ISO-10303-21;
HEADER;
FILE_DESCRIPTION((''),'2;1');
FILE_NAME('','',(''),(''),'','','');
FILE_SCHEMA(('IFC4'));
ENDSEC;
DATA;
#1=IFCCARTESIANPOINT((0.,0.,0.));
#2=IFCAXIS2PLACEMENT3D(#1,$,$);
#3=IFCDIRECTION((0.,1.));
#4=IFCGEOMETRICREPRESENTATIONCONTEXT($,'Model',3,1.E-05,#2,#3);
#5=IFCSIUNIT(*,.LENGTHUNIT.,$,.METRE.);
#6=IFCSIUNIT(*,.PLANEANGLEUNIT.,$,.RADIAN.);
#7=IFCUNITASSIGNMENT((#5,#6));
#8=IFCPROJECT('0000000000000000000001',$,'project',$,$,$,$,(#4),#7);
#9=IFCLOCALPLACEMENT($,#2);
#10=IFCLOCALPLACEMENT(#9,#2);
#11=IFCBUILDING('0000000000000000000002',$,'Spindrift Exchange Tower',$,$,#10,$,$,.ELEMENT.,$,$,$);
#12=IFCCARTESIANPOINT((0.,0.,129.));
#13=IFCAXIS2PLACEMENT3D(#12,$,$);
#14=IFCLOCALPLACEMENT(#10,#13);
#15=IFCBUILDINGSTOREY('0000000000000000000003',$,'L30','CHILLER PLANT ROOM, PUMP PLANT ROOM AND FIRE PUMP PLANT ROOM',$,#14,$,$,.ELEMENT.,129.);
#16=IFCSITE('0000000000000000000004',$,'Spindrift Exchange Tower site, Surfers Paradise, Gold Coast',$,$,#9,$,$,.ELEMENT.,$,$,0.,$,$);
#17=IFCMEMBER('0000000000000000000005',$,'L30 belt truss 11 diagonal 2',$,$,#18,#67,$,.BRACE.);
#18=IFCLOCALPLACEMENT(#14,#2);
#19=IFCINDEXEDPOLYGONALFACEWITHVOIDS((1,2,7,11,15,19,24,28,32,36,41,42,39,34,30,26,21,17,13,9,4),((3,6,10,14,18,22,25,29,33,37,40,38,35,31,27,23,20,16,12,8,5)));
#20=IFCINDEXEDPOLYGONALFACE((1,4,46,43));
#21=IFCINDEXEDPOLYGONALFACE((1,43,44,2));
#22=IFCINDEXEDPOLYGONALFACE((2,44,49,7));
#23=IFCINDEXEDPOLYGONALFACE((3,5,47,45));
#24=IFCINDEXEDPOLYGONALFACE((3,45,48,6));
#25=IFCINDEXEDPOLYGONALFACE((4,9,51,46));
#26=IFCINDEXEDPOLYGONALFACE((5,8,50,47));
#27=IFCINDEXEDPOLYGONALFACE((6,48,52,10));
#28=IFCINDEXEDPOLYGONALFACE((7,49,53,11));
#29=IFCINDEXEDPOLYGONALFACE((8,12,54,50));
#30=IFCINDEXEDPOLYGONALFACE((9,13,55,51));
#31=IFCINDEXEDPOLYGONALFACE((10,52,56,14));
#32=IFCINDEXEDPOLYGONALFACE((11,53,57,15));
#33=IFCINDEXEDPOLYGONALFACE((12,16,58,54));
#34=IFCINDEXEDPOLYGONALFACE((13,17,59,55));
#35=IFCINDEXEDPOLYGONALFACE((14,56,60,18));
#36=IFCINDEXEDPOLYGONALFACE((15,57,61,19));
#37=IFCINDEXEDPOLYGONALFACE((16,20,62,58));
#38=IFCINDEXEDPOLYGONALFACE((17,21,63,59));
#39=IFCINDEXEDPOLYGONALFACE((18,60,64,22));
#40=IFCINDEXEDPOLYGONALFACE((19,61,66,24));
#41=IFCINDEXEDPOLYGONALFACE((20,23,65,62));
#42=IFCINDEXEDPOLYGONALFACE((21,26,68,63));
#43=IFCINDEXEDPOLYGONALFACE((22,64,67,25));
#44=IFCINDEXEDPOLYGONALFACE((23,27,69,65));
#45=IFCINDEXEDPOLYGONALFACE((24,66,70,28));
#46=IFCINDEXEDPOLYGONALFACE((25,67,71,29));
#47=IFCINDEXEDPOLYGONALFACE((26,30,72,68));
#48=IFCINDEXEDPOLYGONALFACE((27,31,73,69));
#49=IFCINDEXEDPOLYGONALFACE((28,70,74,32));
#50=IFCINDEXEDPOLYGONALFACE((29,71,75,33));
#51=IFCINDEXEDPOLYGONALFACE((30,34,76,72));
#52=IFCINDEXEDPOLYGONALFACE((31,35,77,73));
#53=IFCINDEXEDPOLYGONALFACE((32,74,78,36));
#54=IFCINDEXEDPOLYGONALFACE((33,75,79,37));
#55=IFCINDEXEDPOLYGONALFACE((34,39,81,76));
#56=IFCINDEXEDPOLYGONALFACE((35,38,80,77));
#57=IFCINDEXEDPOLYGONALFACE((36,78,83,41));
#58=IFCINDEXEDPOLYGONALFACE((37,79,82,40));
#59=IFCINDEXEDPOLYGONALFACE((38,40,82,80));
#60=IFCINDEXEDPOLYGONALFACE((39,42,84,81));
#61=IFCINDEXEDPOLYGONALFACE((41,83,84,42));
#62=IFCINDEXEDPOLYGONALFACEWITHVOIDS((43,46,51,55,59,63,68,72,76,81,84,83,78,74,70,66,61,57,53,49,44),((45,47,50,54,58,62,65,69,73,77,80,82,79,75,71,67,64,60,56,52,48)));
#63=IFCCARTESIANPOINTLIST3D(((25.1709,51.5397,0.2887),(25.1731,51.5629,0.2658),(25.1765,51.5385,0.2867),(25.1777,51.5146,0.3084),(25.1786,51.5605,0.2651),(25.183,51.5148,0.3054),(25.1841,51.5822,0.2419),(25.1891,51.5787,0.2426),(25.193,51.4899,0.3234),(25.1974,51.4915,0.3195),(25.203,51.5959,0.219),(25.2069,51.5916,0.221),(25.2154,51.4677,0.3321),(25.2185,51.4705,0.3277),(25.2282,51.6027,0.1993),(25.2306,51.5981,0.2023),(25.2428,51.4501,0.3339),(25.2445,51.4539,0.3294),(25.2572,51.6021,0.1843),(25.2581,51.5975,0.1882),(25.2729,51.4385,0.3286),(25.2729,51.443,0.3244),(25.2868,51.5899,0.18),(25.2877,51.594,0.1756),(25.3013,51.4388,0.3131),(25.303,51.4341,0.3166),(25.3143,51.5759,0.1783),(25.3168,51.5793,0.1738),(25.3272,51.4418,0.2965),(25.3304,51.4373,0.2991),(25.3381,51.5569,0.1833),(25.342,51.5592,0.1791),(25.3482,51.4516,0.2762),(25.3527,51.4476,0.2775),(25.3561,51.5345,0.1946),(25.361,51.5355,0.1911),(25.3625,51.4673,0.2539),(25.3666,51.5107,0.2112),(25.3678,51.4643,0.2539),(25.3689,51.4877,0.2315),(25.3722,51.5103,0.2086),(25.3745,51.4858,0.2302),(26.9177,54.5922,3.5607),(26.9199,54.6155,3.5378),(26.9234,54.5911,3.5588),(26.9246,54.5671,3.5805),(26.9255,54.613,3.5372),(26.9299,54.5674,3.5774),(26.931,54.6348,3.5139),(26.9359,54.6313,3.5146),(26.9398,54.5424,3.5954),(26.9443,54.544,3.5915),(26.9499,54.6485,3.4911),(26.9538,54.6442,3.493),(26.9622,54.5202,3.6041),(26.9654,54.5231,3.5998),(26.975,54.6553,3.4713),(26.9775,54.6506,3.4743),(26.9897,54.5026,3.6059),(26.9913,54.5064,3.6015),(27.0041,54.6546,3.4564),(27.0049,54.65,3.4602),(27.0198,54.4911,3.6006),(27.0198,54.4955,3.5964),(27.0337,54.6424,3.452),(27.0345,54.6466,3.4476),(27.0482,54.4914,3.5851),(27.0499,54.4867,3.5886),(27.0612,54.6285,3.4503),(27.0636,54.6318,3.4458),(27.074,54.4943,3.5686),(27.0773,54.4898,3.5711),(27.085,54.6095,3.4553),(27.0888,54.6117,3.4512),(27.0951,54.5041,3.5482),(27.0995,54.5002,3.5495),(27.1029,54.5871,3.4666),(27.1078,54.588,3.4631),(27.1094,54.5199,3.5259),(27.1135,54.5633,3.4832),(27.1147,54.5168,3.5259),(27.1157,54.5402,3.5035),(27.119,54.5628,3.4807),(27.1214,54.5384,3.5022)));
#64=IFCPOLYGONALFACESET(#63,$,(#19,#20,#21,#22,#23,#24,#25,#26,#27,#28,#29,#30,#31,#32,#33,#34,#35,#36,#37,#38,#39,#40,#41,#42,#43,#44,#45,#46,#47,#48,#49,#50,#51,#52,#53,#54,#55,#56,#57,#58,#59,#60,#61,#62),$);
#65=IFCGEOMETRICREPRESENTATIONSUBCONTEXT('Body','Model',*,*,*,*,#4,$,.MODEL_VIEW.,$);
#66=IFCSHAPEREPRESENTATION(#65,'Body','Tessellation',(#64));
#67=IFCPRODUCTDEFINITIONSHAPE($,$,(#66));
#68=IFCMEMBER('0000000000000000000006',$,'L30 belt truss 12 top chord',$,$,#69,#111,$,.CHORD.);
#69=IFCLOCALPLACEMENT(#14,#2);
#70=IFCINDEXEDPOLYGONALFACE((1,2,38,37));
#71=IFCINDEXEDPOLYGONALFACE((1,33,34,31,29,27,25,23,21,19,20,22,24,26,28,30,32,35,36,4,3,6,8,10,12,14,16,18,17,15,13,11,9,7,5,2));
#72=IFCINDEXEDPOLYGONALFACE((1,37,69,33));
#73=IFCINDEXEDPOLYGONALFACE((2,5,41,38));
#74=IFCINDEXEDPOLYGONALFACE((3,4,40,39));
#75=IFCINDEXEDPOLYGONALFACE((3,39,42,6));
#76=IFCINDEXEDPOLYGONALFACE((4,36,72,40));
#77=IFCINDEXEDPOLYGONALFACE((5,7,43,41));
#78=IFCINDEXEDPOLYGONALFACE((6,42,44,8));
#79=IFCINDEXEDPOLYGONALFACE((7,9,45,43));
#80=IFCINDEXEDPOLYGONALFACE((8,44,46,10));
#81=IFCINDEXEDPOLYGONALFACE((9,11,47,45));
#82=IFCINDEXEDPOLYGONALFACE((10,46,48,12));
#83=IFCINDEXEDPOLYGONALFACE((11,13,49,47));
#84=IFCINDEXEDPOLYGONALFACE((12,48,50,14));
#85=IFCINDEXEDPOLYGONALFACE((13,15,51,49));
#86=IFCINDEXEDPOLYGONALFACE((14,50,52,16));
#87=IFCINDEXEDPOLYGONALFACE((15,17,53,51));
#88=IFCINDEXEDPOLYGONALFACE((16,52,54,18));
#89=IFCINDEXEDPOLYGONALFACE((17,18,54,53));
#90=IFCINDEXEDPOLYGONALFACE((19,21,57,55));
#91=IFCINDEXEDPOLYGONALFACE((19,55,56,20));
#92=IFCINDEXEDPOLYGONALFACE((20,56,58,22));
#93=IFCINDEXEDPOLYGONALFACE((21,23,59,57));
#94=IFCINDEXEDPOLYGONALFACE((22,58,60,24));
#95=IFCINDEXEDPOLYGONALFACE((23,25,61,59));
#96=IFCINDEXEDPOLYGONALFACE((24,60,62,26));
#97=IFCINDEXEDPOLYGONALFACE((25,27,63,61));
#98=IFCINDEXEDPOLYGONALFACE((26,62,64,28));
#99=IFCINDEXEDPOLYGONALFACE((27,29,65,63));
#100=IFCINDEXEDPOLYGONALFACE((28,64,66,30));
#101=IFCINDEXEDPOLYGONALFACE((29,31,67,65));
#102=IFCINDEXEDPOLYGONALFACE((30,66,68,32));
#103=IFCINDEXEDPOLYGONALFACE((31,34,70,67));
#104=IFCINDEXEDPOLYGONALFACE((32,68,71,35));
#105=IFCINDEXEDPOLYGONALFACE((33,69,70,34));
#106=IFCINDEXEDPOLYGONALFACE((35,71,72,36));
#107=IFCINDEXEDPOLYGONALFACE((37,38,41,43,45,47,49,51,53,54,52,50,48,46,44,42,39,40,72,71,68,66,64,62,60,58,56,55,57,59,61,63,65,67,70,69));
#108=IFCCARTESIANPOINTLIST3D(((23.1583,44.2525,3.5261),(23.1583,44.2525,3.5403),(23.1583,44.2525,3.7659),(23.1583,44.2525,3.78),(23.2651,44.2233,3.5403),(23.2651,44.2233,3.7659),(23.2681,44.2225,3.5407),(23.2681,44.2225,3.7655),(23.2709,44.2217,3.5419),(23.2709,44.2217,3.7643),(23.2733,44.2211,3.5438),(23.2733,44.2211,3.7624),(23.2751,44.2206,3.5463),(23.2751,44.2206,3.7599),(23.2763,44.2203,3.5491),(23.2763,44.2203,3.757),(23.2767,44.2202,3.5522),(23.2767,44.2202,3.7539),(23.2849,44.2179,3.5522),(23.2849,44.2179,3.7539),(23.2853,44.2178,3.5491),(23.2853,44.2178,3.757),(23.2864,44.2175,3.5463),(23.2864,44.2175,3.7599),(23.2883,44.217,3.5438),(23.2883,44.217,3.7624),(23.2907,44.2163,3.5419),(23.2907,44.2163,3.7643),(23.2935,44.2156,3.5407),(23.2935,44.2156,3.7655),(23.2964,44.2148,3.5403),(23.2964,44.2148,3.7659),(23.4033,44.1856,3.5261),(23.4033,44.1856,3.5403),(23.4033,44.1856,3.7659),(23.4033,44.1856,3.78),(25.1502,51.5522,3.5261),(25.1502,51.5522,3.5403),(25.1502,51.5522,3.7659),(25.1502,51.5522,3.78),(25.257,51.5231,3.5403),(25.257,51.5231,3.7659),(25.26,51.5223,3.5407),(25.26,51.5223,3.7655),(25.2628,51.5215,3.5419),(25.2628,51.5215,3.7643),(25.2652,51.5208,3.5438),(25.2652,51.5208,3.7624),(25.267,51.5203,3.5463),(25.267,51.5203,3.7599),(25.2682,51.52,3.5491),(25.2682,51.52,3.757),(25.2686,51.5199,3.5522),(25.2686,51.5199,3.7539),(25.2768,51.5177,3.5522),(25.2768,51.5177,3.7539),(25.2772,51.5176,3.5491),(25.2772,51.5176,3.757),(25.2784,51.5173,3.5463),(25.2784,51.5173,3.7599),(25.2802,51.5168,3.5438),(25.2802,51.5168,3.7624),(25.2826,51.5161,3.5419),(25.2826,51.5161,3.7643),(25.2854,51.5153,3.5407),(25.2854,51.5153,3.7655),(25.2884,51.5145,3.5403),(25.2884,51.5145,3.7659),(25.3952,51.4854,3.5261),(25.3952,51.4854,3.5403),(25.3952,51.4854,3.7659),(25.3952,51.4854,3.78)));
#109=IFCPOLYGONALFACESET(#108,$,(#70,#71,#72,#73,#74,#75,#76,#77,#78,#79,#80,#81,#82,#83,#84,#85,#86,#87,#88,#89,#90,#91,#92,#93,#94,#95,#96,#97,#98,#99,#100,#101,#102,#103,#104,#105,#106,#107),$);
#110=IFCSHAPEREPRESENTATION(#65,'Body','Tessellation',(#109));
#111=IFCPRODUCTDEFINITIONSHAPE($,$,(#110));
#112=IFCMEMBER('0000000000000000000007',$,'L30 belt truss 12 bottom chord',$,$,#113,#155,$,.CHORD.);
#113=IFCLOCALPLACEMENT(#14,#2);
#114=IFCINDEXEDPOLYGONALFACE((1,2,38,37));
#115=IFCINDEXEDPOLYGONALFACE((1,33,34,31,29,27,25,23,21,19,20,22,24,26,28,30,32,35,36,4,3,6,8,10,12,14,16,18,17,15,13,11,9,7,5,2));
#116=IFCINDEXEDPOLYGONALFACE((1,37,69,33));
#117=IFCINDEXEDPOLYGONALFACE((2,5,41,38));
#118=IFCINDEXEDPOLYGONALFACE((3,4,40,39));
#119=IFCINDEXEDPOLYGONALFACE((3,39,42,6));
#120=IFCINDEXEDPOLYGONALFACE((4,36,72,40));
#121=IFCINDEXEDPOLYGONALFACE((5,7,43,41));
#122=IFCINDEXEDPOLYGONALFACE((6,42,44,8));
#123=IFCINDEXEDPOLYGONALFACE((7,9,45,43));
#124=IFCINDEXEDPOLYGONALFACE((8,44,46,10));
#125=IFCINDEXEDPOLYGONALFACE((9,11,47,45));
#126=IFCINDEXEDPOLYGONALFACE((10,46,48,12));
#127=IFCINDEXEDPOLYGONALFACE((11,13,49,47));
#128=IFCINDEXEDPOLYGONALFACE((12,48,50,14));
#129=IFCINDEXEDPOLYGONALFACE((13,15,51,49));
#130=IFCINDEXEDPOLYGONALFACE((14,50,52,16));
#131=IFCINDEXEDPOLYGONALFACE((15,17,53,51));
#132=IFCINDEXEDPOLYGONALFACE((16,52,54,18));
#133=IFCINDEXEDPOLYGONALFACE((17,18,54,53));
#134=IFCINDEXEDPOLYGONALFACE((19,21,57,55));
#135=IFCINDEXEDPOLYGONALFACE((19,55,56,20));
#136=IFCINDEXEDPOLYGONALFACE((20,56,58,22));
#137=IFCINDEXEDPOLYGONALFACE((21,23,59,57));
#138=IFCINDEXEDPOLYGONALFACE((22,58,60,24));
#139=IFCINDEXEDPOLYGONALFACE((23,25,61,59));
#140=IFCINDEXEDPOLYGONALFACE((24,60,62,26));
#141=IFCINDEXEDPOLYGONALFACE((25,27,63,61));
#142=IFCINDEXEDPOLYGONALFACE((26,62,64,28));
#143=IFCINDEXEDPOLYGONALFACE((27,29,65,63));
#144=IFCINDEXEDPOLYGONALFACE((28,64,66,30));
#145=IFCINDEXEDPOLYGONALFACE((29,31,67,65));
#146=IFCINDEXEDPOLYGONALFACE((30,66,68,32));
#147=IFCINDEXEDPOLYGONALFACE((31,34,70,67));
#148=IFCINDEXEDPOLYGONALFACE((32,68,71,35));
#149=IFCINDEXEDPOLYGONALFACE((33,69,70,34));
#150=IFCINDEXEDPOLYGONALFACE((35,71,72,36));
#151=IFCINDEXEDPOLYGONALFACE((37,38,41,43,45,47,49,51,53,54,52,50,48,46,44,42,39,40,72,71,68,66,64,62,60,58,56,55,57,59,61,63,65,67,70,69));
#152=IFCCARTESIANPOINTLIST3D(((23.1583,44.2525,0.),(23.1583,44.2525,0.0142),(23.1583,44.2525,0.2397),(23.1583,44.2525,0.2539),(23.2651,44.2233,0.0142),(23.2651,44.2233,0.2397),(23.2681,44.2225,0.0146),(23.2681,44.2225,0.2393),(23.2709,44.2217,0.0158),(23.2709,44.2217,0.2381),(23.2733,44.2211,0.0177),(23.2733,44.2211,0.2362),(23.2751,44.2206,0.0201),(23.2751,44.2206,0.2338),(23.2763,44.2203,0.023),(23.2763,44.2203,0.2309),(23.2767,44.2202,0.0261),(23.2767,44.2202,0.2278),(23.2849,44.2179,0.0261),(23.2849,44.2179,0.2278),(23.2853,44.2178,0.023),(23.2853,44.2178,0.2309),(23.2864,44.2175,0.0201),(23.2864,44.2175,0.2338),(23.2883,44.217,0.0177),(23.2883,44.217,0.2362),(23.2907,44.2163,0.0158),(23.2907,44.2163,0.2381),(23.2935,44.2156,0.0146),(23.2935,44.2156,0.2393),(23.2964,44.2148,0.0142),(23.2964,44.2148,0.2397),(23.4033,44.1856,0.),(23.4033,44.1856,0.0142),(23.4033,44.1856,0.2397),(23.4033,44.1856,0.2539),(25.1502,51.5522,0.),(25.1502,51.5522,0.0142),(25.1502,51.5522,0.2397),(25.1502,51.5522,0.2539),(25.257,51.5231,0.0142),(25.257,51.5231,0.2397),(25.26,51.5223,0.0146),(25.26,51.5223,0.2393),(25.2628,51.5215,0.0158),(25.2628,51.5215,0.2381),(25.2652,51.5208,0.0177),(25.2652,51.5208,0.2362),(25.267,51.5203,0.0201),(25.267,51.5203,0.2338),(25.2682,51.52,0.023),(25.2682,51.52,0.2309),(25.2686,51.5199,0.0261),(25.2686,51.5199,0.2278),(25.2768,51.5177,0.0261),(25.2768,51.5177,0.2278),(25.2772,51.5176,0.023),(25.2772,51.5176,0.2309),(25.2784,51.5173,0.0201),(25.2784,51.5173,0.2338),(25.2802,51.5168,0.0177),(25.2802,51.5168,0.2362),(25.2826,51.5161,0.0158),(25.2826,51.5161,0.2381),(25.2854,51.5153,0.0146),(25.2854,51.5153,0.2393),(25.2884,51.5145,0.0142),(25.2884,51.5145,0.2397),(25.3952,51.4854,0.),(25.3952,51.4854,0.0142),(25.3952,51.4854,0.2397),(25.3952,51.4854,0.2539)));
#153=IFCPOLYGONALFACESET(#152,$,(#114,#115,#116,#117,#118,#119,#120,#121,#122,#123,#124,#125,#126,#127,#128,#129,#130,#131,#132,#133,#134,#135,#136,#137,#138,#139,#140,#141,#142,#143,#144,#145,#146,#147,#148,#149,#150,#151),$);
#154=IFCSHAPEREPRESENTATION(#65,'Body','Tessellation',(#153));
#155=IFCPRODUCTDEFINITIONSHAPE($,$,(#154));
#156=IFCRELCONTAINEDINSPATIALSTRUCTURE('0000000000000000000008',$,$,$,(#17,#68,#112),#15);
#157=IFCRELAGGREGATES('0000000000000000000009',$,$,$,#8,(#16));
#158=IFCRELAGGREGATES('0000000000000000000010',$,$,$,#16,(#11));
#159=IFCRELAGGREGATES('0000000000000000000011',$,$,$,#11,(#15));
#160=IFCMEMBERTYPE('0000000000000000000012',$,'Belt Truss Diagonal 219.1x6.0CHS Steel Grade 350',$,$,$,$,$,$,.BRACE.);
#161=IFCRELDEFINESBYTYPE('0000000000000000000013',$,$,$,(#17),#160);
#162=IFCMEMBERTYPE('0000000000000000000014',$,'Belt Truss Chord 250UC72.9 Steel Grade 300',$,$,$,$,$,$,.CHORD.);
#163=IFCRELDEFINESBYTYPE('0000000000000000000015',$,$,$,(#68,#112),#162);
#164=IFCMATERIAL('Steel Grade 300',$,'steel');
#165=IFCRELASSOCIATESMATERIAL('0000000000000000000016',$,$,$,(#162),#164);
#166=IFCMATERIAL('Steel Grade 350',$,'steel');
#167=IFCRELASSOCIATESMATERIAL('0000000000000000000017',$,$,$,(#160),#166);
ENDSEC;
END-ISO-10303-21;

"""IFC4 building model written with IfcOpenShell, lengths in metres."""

from ifc_helpers import new_model, si_unit, direction, frame, origin, origin_2d, place, context, subcontext, project, spatial, hollow_circle, i_section, extrude, source, transform, mapped, material, material_profile, profile_set, type_object, element, save


model = new_model("IFC4")

# Units and contexts
model_context = context("Model", 3, precision=1e-05, world=origin(), true_north=direction((0.0, 1.0)))
body_context = subcontext(model_context, "Body", "Model", "MODEL_VIEW")
ifc_project = project(units=[si_unit("LENGTHUNIT", "METRE"), si_unit("PLANEANGLEUNIT", "RADIAN")], contexts=[model_context])

# Site, building, storey
site_placement = place(None, origin())
site = spatial("IfcSite", under=ifc_project, at=site_placement, Name="Spindrift Exchange Tower site, Surfers Paradise, Gold Coast", CompositionType="ELEMENT", RefElevation=0.0)
building_placement = place(site_placement, origin())
building = spatial("IfcBuilding", under=site, at=building_placement, Name="Spindrift Exchange Tower", CompositionType="ELEMENT")
storey_placement = place(building_placement, frame((0.0, 0.0, 129.0)))
storey = spatial("IfcBuildingStorey", under=building, at=storey_placement, Name="L30", Description="CHILLER PLANT ROOM, PUMP PLANT ROOM AND FIRE PUMP PLANT ROOM", CompositionType="ELEMENT", Elevation=129.0)

# Members
ifc_material_1 = material(Name="Steel Grade 300", Category="steel")
ifc_material_profile_1 = material_profile(ifc_material_1, i_section(OverallWidth=0.2539, OverallDepth=0.2539, WebThickness=0.0085, FlangeThickness=0.0142, FilletRadius=0.012, at=origin_2d()), Name="250UC72.9")
ifc_profile_set_1 = profile_set([ifc_material_profile_1], Name="Steel Grade 300")
member_type_1 = type_object("IfcMemberType", Name="Belt Truss Chord 250UC72.9 Steel Grade 300", PredefinedType="CHORD", material=ifc_profile_set_1)
ifc_material_2 = material(Name="Steel Grade 350", Category="steel")
ifc_material_profile_2 = material_profile(ifc_material_2, hollow_circle(Radius=0.1096, WallThickness=0.0061, at=origin_2d()), Name="219.1x6.0CHS")
ifc_profile_set_2 = profile_set([ifc_material_profile_2], Name="Steel Grade 350")
member_type_2 = type_object("IfcMemberType", Name="Belt Truss Diagonal 219.1x6.0CHS Steel Grade 350", PredefinedType="BRACE", material=ifc_profile_set_2)
shared_shape_1 = source(origin(), body_context, "Body", "SweptSolid", [
    extrude(hollow_circle(Radius=0.1096, WallThickness=0.0061, at=origin_2d()), origin(), (0.0, 0.0, 1.0), 4.8037),
])
member_1_placement = place(storey_placement, frame((27.0195, 54.5713, 3.5259), z_axis=(-0.363647, -0.635454, -0.681145), x_axis=(0.867931, -0.496685, 0.0)))
element("IfcMember", 1, at=member_1_placement, inside=storey, type_object=member_type_2, Name="L30 belt truss 11 diagonal 2", PredefinedType="BRACE", context=body_context, shape_type="MappedRepresentation", body=[
    mapped(shared_shape_1, transform((0.0, 0.0, 0.0), scale=1.0)),
])
shared_shape_2 = source(origin(), body_context, "Body", "SweptSolid", [
    extrude(i_section(OverallWidth=0.2539, OverallDepth=0.2539, WebThickness=0.0085, FlangeThickness=0.0142, FilletRadius=0.012, at=origin_2d()), origin(), (0.0, 0.0, 1.0), 7.5667),
])
for number, where, z_axis, x_axis, name in (
    (2, (25.2727, 51.5188, 3.6531), (-0.263251, -0.964727, 0.0), (0.964727, -0.263251, 0.0), "L30 belt truss 12 top chord"),
    (3, (25.2727, 51.5188, 0.127), (-0.263251, -0.964727, 0.0), (0.964727, -0.263251, 0.0), "L30 belt truss 12 bottom chord"),
):
    element("IfcMember", number, at=place(storey_placement, frame(where, z_axis=z_axis, x_axis=x_axis)), inside=storey, type_object=member_type_1, Name=name, PredefinedType="CHORD", context=body_context, shape_type="MappedRepresentation", body=[
        mapped(shared_shape_2, transform((0.0, 0.0, 0.0), scale=1.0)),
    ])

save(model, "model.ifc")
